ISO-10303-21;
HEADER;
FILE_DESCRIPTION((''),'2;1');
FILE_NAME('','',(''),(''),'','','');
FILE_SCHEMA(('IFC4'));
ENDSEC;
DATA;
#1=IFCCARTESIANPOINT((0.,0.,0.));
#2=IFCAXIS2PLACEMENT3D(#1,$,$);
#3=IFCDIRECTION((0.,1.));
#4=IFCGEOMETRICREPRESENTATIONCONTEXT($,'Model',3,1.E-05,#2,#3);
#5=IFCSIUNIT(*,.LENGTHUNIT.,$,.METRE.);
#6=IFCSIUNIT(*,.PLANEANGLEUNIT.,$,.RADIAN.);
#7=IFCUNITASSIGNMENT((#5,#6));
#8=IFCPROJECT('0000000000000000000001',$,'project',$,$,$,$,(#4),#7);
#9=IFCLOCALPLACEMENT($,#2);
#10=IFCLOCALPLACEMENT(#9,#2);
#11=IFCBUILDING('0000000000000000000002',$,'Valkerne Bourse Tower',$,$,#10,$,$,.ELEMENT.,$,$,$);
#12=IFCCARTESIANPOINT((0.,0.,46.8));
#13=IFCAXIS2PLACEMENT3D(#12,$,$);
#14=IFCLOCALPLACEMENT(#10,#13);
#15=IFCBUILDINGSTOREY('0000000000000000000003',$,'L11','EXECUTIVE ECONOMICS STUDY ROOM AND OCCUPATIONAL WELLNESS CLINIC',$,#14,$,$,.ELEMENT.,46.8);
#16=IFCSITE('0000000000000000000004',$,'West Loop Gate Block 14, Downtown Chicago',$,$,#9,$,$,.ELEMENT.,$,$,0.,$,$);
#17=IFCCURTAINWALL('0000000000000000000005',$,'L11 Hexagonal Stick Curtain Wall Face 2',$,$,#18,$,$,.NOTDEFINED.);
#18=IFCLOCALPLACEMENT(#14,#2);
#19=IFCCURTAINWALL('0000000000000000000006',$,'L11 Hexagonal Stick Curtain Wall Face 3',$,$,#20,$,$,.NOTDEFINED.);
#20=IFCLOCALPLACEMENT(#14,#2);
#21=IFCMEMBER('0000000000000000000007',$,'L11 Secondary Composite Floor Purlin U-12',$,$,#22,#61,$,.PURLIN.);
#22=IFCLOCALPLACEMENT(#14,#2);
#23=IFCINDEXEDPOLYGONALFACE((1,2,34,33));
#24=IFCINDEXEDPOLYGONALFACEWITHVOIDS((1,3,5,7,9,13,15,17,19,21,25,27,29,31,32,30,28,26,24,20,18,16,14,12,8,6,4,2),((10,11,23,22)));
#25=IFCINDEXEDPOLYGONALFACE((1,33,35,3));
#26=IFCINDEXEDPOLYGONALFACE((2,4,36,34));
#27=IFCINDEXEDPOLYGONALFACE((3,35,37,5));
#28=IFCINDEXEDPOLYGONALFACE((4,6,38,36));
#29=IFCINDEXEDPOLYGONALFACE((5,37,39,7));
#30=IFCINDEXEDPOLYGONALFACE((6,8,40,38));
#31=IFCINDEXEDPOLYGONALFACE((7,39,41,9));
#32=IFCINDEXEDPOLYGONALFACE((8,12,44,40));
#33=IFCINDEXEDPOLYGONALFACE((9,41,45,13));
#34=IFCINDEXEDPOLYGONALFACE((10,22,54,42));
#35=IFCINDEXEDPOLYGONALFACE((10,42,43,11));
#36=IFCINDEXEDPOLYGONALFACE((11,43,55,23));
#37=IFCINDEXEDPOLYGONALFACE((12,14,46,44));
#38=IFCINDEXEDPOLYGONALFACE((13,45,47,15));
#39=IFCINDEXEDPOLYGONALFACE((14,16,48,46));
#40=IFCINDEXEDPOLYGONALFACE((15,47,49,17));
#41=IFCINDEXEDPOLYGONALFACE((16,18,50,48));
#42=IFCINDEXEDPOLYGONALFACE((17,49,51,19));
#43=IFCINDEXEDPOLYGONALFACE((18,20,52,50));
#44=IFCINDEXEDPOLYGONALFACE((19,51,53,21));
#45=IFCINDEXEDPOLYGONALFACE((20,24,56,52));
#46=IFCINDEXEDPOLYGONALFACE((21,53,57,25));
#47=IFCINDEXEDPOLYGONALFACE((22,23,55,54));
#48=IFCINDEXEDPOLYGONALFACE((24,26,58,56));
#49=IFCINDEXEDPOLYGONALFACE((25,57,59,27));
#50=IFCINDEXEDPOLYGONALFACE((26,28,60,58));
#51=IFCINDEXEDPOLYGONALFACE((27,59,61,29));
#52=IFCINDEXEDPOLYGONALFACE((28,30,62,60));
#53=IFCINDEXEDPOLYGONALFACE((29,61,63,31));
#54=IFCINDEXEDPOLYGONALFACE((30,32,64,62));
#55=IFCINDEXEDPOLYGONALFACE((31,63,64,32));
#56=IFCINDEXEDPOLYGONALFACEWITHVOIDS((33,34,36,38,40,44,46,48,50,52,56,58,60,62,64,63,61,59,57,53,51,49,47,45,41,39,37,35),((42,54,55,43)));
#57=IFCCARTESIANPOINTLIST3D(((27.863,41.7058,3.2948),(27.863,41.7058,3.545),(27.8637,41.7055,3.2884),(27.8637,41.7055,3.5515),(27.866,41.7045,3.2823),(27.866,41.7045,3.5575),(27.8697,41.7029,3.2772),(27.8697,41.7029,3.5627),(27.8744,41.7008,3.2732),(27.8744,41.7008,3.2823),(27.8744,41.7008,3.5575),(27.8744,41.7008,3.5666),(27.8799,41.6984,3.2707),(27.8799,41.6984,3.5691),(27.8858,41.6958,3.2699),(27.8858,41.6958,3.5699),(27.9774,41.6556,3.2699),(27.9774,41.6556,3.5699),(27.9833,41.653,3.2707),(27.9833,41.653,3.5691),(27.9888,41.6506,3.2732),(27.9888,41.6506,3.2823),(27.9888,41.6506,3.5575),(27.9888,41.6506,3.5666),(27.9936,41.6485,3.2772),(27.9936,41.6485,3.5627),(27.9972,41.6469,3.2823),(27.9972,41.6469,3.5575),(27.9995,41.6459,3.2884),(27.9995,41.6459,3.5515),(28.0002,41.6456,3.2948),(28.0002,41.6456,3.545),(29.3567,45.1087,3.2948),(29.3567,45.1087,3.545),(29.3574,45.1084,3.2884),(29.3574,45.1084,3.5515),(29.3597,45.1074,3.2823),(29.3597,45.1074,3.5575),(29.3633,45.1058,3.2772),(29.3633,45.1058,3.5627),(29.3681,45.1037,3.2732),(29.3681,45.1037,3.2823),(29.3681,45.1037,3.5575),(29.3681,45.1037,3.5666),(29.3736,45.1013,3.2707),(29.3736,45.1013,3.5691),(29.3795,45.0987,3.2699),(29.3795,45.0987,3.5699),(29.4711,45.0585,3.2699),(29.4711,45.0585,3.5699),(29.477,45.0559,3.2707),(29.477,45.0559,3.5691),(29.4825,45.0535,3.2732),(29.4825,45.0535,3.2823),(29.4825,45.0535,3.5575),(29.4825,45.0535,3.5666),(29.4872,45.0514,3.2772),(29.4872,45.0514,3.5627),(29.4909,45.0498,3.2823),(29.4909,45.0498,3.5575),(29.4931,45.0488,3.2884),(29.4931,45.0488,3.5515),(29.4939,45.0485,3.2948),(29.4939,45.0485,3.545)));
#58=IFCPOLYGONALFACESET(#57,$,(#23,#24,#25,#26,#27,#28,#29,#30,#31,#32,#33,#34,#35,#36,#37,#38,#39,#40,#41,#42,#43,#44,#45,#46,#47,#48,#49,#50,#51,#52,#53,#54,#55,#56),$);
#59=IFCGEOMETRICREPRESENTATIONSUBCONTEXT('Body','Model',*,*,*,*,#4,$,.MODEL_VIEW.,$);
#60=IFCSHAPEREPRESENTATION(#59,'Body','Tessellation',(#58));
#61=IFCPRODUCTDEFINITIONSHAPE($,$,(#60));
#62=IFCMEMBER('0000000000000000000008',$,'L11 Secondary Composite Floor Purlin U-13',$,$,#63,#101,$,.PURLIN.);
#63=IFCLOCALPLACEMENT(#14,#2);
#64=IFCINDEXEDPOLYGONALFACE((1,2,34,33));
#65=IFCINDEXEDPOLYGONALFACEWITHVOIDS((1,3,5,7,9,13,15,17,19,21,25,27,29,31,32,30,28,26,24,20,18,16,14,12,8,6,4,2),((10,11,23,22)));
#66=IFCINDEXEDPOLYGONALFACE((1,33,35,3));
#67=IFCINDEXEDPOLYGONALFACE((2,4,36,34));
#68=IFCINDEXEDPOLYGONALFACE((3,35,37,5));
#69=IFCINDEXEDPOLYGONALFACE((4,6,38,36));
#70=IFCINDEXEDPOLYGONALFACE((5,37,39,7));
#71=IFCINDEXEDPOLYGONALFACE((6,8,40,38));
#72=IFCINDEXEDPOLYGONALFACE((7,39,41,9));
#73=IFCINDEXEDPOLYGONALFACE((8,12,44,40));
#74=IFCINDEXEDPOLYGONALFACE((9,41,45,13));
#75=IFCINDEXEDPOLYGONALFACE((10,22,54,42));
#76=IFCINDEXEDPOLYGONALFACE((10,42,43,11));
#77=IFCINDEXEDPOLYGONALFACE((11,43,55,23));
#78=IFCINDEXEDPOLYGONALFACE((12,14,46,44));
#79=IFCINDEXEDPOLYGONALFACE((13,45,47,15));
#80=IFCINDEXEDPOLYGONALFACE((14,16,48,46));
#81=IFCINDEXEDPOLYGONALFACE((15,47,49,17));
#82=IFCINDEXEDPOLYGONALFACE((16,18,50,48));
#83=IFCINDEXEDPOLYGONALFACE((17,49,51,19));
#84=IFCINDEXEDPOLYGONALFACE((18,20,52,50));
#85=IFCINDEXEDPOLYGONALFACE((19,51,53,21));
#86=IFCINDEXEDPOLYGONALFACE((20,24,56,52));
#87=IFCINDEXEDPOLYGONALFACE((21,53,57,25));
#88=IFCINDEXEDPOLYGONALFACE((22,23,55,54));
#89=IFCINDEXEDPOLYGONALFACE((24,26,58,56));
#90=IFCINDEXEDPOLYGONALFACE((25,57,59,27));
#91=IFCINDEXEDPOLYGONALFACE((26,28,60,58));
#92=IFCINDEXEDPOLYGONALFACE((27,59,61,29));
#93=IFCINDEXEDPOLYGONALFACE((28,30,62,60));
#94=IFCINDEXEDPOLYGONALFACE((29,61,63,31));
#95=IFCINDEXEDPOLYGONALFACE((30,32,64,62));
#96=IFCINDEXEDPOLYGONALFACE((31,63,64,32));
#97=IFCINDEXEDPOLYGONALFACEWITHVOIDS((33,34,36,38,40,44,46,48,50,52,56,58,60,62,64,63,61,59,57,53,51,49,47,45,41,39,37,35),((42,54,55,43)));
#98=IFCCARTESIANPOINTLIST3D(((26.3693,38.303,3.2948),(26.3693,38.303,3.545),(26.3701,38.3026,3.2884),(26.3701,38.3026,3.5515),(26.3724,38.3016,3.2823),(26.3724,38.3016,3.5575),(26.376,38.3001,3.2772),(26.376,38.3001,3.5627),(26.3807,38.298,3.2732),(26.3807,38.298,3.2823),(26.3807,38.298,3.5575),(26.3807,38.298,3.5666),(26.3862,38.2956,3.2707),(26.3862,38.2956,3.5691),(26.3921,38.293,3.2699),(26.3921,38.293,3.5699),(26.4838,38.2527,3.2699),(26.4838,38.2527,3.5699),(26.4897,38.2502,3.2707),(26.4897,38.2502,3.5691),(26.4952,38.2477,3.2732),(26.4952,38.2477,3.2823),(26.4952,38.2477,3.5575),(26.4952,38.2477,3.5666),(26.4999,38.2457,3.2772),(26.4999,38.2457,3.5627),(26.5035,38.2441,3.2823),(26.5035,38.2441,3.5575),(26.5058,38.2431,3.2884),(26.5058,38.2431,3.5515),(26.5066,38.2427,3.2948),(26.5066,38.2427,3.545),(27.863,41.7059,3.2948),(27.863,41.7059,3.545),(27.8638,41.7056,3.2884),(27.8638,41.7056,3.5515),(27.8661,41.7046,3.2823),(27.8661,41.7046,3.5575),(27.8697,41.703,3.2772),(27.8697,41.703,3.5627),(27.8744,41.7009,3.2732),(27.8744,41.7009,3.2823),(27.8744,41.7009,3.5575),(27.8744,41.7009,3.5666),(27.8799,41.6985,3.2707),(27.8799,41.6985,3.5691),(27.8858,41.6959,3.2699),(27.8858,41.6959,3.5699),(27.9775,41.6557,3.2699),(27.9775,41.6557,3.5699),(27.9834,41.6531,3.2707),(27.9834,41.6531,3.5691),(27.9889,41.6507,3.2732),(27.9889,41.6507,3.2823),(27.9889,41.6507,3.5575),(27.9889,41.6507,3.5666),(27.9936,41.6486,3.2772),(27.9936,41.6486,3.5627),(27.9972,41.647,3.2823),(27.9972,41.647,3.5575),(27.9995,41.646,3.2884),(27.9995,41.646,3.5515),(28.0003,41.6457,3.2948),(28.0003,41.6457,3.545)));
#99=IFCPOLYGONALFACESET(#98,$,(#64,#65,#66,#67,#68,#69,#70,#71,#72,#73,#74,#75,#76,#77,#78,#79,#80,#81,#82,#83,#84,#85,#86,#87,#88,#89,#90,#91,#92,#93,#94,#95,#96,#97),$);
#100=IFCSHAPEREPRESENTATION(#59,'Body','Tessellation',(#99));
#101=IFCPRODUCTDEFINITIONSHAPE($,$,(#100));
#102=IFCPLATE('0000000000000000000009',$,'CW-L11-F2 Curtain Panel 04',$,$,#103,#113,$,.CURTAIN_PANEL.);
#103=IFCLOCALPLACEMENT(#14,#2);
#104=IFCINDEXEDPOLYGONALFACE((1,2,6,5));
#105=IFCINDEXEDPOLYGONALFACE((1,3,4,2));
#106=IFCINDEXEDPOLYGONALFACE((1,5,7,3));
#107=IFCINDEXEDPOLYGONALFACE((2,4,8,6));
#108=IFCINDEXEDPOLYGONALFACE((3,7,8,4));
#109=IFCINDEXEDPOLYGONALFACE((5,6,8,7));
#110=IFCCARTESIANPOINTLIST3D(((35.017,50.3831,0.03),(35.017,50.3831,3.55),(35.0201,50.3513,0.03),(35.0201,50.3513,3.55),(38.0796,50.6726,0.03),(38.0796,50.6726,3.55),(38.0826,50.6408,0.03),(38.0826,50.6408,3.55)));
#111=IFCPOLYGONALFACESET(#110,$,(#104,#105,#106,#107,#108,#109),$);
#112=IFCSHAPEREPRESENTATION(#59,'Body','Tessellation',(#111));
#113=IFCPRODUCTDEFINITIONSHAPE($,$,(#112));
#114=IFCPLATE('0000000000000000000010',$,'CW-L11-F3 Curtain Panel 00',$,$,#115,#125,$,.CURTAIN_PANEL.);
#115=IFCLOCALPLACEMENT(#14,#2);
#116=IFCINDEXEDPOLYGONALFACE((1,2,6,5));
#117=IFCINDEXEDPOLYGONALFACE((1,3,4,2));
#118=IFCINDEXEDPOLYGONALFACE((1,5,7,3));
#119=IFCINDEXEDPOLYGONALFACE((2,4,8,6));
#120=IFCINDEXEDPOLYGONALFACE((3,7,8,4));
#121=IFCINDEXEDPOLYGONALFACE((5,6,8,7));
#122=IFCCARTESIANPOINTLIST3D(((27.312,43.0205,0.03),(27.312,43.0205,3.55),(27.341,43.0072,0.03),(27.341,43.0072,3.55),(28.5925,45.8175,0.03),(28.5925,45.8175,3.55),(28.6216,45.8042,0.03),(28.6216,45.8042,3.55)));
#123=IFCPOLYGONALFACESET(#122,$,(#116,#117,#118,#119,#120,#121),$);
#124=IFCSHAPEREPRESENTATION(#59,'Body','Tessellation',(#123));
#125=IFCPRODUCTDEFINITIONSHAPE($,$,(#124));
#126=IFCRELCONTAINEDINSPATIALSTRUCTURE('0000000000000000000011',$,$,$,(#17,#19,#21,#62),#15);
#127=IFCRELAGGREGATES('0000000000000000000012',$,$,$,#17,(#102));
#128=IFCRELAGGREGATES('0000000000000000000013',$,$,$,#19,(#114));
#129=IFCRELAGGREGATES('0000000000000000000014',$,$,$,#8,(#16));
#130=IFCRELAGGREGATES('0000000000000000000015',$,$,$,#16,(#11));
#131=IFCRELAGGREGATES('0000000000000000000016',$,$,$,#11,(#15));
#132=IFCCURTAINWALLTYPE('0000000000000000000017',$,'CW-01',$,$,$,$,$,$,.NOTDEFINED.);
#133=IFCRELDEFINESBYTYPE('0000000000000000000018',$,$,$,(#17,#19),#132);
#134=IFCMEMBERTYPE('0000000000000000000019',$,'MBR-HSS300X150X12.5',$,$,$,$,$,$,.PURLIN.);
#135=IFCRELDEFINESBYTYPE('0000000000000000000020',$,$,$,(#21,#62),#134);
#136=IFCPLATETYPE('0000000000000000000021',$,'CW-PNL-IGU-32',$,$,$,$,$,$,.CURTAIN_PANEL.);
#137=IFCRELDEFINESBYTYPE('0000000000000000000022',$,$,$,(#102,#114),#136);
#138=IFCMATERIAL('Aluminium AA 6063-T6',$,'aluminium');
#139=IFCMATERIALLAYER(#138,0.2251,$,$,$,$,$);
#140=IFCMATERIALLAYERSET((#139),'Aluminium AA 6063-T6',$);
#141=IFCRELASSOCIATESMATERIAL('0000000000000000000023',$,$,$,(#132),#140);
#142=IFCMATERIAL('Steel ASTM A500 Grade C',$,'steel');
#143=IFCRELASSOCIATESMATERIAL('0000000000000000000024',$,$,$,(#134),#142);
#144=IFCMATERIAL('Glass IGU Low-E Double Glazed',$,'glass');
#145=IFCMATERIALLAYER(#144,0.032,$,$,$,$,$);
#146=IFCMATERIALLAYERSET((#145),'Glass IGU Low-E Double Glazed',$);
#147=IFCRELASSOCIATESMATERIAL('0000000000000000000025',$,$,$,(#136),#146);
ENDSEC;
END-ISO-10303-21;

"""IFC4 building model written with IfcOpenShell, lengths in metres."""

from ifc_helpers import new_model, si_unit, direction, frame, origin, origin_2d, place, context, subcontext, project, spatial, rectangle, hollow_rectangle, extrude, material, layer, layer_set, material_profile, profile_set, type_object, element, aggregate, save


model = new_model("IFC4")

# Units and contexts
model_context = context("Model", 3, precision=1e-05, world=origin(), true_north=direction((0.0, 1.0)))
body_context = subcontext(model_context, "Body", "Model", "MODEL_VIEW")
ifc_project = project(units=[si_unit("LENGTHUNIT", "METRE"), si_unit("PLANEANGLEUNIT", "RADIAN")], contexts=[model_context])

# Site, building, storey
site_placement = place(None, origin())
site = spatial("IfcSite", under=ifc_project, at=site_placement, Name="West Loop Gate Block 14, Downtown Chicago", CompositionType="ELEMENT", RefElevation=0.0)
building_placement = place(site_placement, origin())
building = spatial("IfcBuilding", under=site, at=building_placement, Name="Valkerne Bourse Tower", CompositionType="ELEMENT")
storey_placement = place(building_placement, frame((0.0, 0.0, 46.8)))
storey = spatial("IfcBuildingStorey", under=building, at=storey_placement, Name="L11", Description="EXECUTIVE ECONOMICS STUDY ROOM AND OCCUPATIONAL WELLNESS CLINIC", CompositionType="ELEMENT", Elevation=46.8)

# Curtain wall
ifc_material_1 = material(Name="Aluminium AA 6063-T6", Category="aluminium")
ifc_layer_1 = layer(ifc_material_1, 0.2251)
ifc_layer_set_1 = layer_set([ifc_layer_1], Name="Aluminium AA 6063-T6")
curtain_wall_type = type_object("IfcCurtainWallType", Name="CW-01", PredefinedType="NOTDEFINED", material=ifc_layer_set_1)
curtain_wall_1_placement = place(storey_placement, origin())
curtain_wall_1 = element("IfcCurtainWall", 1, at=curtain_wall_1_placement, inside=storey, type_object=curtain_wall_type, Name="L11 Hexagonal Stick Curtain Wall Face 2", PredefinedType="NOTDEFINED")

# Curtain wall
curtain_wall_2_placement = place(storey_placement, origin())
curtain_wall_2 = element("IfcCurtainWall", 2, at=curtain_wall_2_placement, inside=storey, type_object=curtain_wall_type, Name="L11 Hexagonal Stick Curtain Wall Face 3", PredefinedType="NOTDEFINED")

# Members
ifc_material_2 = material(Name="Steel ASTM A500 Grade C", Category="steel")
ifc_material_profile_1 = material_profile(ifc_material_2, hollow_rectangle(XDim=0.1499, YDim=0.3, WallThickness=0.0125, OuterFilletRadius=0.0249, at=origin_2d()), Name="HSS300X150X12.5")
ifc_profile_set_1 = profile_set([ifc_material_profile_1], Name="Steel ASTM A500 Grade C")
member_type_1 = type_object("IfcMemberType", Name="MBR-HSS300X150X12.5", PredefinedType="PURLIN", material=ifc_profile_set_1)
for number, where, z_axis, x_axis, name in (
    (3, (29.4253, 45.0786, 3.4199), (-0.401928, -0.915671, 0.0), (0.915671, -0.401928, 0.0), "L11 Secondary Composite Floor Purlin U-12"),
    (4, (27.9316, 41.6758, 3.4199), (-0.401928, -0.915671, 0.0), (0.915671, -0.401928, 0.0), "L11 Secondary Composite Floor Purlin U-13"),
):
    element("IfcMember", number, at=place(storey_placement, frame(where, z_axis=z_axis, x_axis=x_axis)), inside=storey, type_object=member_type_1, Name=name, PredefinedType="PURLIN", context=body_context, shape_type="SweptSolid", body=[
        extrude(hollow_rectangle(XDim=0.1499, YDim=0.3, WallThickness=0.0125, OuterFilletRadius=0.0249, at=origin_2d()), origin(), (0.0, 0.0, 1.0), 3.7163),
    ])

# Plates
ifc_material_3 = material(Name="Glass IGU Low-E Double Glazed", Category="glass")
ifc_layer_2 = layer(ifc_material_3, 0.032)
ifc_layer_set_2 = layer_set([ifc_layer_2], Name="Glass IGU Low-E Double Glazed")
plate_type = type_object("IfcPlateType", Name="CW-PNL-IGU-32", PredefinedType="CURTAIN_PANEL", material=ifc_layer_set_2)
plate_1_placement = place(storey_placement, frame((36.5498, 50.512, 0.03), z_axis=(0.0, 0.0, 1.0), x_axis=(-0.995561, -0.094118, 0.0)))
plate_1 = element("IfcPlate", 5, at=plate_1_placement, type_object=plate_type, Name="CW-L11-F2 Curtain Panel 04", PredefinedType="CURTAIN_PANEL", context=body_context, shape_type="SweptSolid", body=[
    extrude(rectangle(XDim=3.0762, YDim=0.032, at=origin_2d()), origin(), (0.0, 0.0, 1.0), 3.52),
])
aggregate(curtain_wall_1, [plate_1])
plate_2_placement = place(storey_placement, frame((27.9668, 44.4124, 0.03), z_axis=(0.0, 0.0, 1.0), x_axis=(-0.41629, -0.909232, 0.0)))
plate_2 = element("IfcPlate", 6, at=plate_2_placement, type_object=plate_type, Name="CW-L11-F3 Curtain Panel 00", PredefinedType="CURTAIN_PANEL", context=body_context, shape_type="SweptSolid", body=[
    extrude(rectangle(XDim=3.0762, YDim=0.032, at=origin_2d()), origin(), (0.0, 0.0, 1.0), 3.52),
])
aggregate(curtain_wall_2, [plate_2])

save(model, "model.ifc")
